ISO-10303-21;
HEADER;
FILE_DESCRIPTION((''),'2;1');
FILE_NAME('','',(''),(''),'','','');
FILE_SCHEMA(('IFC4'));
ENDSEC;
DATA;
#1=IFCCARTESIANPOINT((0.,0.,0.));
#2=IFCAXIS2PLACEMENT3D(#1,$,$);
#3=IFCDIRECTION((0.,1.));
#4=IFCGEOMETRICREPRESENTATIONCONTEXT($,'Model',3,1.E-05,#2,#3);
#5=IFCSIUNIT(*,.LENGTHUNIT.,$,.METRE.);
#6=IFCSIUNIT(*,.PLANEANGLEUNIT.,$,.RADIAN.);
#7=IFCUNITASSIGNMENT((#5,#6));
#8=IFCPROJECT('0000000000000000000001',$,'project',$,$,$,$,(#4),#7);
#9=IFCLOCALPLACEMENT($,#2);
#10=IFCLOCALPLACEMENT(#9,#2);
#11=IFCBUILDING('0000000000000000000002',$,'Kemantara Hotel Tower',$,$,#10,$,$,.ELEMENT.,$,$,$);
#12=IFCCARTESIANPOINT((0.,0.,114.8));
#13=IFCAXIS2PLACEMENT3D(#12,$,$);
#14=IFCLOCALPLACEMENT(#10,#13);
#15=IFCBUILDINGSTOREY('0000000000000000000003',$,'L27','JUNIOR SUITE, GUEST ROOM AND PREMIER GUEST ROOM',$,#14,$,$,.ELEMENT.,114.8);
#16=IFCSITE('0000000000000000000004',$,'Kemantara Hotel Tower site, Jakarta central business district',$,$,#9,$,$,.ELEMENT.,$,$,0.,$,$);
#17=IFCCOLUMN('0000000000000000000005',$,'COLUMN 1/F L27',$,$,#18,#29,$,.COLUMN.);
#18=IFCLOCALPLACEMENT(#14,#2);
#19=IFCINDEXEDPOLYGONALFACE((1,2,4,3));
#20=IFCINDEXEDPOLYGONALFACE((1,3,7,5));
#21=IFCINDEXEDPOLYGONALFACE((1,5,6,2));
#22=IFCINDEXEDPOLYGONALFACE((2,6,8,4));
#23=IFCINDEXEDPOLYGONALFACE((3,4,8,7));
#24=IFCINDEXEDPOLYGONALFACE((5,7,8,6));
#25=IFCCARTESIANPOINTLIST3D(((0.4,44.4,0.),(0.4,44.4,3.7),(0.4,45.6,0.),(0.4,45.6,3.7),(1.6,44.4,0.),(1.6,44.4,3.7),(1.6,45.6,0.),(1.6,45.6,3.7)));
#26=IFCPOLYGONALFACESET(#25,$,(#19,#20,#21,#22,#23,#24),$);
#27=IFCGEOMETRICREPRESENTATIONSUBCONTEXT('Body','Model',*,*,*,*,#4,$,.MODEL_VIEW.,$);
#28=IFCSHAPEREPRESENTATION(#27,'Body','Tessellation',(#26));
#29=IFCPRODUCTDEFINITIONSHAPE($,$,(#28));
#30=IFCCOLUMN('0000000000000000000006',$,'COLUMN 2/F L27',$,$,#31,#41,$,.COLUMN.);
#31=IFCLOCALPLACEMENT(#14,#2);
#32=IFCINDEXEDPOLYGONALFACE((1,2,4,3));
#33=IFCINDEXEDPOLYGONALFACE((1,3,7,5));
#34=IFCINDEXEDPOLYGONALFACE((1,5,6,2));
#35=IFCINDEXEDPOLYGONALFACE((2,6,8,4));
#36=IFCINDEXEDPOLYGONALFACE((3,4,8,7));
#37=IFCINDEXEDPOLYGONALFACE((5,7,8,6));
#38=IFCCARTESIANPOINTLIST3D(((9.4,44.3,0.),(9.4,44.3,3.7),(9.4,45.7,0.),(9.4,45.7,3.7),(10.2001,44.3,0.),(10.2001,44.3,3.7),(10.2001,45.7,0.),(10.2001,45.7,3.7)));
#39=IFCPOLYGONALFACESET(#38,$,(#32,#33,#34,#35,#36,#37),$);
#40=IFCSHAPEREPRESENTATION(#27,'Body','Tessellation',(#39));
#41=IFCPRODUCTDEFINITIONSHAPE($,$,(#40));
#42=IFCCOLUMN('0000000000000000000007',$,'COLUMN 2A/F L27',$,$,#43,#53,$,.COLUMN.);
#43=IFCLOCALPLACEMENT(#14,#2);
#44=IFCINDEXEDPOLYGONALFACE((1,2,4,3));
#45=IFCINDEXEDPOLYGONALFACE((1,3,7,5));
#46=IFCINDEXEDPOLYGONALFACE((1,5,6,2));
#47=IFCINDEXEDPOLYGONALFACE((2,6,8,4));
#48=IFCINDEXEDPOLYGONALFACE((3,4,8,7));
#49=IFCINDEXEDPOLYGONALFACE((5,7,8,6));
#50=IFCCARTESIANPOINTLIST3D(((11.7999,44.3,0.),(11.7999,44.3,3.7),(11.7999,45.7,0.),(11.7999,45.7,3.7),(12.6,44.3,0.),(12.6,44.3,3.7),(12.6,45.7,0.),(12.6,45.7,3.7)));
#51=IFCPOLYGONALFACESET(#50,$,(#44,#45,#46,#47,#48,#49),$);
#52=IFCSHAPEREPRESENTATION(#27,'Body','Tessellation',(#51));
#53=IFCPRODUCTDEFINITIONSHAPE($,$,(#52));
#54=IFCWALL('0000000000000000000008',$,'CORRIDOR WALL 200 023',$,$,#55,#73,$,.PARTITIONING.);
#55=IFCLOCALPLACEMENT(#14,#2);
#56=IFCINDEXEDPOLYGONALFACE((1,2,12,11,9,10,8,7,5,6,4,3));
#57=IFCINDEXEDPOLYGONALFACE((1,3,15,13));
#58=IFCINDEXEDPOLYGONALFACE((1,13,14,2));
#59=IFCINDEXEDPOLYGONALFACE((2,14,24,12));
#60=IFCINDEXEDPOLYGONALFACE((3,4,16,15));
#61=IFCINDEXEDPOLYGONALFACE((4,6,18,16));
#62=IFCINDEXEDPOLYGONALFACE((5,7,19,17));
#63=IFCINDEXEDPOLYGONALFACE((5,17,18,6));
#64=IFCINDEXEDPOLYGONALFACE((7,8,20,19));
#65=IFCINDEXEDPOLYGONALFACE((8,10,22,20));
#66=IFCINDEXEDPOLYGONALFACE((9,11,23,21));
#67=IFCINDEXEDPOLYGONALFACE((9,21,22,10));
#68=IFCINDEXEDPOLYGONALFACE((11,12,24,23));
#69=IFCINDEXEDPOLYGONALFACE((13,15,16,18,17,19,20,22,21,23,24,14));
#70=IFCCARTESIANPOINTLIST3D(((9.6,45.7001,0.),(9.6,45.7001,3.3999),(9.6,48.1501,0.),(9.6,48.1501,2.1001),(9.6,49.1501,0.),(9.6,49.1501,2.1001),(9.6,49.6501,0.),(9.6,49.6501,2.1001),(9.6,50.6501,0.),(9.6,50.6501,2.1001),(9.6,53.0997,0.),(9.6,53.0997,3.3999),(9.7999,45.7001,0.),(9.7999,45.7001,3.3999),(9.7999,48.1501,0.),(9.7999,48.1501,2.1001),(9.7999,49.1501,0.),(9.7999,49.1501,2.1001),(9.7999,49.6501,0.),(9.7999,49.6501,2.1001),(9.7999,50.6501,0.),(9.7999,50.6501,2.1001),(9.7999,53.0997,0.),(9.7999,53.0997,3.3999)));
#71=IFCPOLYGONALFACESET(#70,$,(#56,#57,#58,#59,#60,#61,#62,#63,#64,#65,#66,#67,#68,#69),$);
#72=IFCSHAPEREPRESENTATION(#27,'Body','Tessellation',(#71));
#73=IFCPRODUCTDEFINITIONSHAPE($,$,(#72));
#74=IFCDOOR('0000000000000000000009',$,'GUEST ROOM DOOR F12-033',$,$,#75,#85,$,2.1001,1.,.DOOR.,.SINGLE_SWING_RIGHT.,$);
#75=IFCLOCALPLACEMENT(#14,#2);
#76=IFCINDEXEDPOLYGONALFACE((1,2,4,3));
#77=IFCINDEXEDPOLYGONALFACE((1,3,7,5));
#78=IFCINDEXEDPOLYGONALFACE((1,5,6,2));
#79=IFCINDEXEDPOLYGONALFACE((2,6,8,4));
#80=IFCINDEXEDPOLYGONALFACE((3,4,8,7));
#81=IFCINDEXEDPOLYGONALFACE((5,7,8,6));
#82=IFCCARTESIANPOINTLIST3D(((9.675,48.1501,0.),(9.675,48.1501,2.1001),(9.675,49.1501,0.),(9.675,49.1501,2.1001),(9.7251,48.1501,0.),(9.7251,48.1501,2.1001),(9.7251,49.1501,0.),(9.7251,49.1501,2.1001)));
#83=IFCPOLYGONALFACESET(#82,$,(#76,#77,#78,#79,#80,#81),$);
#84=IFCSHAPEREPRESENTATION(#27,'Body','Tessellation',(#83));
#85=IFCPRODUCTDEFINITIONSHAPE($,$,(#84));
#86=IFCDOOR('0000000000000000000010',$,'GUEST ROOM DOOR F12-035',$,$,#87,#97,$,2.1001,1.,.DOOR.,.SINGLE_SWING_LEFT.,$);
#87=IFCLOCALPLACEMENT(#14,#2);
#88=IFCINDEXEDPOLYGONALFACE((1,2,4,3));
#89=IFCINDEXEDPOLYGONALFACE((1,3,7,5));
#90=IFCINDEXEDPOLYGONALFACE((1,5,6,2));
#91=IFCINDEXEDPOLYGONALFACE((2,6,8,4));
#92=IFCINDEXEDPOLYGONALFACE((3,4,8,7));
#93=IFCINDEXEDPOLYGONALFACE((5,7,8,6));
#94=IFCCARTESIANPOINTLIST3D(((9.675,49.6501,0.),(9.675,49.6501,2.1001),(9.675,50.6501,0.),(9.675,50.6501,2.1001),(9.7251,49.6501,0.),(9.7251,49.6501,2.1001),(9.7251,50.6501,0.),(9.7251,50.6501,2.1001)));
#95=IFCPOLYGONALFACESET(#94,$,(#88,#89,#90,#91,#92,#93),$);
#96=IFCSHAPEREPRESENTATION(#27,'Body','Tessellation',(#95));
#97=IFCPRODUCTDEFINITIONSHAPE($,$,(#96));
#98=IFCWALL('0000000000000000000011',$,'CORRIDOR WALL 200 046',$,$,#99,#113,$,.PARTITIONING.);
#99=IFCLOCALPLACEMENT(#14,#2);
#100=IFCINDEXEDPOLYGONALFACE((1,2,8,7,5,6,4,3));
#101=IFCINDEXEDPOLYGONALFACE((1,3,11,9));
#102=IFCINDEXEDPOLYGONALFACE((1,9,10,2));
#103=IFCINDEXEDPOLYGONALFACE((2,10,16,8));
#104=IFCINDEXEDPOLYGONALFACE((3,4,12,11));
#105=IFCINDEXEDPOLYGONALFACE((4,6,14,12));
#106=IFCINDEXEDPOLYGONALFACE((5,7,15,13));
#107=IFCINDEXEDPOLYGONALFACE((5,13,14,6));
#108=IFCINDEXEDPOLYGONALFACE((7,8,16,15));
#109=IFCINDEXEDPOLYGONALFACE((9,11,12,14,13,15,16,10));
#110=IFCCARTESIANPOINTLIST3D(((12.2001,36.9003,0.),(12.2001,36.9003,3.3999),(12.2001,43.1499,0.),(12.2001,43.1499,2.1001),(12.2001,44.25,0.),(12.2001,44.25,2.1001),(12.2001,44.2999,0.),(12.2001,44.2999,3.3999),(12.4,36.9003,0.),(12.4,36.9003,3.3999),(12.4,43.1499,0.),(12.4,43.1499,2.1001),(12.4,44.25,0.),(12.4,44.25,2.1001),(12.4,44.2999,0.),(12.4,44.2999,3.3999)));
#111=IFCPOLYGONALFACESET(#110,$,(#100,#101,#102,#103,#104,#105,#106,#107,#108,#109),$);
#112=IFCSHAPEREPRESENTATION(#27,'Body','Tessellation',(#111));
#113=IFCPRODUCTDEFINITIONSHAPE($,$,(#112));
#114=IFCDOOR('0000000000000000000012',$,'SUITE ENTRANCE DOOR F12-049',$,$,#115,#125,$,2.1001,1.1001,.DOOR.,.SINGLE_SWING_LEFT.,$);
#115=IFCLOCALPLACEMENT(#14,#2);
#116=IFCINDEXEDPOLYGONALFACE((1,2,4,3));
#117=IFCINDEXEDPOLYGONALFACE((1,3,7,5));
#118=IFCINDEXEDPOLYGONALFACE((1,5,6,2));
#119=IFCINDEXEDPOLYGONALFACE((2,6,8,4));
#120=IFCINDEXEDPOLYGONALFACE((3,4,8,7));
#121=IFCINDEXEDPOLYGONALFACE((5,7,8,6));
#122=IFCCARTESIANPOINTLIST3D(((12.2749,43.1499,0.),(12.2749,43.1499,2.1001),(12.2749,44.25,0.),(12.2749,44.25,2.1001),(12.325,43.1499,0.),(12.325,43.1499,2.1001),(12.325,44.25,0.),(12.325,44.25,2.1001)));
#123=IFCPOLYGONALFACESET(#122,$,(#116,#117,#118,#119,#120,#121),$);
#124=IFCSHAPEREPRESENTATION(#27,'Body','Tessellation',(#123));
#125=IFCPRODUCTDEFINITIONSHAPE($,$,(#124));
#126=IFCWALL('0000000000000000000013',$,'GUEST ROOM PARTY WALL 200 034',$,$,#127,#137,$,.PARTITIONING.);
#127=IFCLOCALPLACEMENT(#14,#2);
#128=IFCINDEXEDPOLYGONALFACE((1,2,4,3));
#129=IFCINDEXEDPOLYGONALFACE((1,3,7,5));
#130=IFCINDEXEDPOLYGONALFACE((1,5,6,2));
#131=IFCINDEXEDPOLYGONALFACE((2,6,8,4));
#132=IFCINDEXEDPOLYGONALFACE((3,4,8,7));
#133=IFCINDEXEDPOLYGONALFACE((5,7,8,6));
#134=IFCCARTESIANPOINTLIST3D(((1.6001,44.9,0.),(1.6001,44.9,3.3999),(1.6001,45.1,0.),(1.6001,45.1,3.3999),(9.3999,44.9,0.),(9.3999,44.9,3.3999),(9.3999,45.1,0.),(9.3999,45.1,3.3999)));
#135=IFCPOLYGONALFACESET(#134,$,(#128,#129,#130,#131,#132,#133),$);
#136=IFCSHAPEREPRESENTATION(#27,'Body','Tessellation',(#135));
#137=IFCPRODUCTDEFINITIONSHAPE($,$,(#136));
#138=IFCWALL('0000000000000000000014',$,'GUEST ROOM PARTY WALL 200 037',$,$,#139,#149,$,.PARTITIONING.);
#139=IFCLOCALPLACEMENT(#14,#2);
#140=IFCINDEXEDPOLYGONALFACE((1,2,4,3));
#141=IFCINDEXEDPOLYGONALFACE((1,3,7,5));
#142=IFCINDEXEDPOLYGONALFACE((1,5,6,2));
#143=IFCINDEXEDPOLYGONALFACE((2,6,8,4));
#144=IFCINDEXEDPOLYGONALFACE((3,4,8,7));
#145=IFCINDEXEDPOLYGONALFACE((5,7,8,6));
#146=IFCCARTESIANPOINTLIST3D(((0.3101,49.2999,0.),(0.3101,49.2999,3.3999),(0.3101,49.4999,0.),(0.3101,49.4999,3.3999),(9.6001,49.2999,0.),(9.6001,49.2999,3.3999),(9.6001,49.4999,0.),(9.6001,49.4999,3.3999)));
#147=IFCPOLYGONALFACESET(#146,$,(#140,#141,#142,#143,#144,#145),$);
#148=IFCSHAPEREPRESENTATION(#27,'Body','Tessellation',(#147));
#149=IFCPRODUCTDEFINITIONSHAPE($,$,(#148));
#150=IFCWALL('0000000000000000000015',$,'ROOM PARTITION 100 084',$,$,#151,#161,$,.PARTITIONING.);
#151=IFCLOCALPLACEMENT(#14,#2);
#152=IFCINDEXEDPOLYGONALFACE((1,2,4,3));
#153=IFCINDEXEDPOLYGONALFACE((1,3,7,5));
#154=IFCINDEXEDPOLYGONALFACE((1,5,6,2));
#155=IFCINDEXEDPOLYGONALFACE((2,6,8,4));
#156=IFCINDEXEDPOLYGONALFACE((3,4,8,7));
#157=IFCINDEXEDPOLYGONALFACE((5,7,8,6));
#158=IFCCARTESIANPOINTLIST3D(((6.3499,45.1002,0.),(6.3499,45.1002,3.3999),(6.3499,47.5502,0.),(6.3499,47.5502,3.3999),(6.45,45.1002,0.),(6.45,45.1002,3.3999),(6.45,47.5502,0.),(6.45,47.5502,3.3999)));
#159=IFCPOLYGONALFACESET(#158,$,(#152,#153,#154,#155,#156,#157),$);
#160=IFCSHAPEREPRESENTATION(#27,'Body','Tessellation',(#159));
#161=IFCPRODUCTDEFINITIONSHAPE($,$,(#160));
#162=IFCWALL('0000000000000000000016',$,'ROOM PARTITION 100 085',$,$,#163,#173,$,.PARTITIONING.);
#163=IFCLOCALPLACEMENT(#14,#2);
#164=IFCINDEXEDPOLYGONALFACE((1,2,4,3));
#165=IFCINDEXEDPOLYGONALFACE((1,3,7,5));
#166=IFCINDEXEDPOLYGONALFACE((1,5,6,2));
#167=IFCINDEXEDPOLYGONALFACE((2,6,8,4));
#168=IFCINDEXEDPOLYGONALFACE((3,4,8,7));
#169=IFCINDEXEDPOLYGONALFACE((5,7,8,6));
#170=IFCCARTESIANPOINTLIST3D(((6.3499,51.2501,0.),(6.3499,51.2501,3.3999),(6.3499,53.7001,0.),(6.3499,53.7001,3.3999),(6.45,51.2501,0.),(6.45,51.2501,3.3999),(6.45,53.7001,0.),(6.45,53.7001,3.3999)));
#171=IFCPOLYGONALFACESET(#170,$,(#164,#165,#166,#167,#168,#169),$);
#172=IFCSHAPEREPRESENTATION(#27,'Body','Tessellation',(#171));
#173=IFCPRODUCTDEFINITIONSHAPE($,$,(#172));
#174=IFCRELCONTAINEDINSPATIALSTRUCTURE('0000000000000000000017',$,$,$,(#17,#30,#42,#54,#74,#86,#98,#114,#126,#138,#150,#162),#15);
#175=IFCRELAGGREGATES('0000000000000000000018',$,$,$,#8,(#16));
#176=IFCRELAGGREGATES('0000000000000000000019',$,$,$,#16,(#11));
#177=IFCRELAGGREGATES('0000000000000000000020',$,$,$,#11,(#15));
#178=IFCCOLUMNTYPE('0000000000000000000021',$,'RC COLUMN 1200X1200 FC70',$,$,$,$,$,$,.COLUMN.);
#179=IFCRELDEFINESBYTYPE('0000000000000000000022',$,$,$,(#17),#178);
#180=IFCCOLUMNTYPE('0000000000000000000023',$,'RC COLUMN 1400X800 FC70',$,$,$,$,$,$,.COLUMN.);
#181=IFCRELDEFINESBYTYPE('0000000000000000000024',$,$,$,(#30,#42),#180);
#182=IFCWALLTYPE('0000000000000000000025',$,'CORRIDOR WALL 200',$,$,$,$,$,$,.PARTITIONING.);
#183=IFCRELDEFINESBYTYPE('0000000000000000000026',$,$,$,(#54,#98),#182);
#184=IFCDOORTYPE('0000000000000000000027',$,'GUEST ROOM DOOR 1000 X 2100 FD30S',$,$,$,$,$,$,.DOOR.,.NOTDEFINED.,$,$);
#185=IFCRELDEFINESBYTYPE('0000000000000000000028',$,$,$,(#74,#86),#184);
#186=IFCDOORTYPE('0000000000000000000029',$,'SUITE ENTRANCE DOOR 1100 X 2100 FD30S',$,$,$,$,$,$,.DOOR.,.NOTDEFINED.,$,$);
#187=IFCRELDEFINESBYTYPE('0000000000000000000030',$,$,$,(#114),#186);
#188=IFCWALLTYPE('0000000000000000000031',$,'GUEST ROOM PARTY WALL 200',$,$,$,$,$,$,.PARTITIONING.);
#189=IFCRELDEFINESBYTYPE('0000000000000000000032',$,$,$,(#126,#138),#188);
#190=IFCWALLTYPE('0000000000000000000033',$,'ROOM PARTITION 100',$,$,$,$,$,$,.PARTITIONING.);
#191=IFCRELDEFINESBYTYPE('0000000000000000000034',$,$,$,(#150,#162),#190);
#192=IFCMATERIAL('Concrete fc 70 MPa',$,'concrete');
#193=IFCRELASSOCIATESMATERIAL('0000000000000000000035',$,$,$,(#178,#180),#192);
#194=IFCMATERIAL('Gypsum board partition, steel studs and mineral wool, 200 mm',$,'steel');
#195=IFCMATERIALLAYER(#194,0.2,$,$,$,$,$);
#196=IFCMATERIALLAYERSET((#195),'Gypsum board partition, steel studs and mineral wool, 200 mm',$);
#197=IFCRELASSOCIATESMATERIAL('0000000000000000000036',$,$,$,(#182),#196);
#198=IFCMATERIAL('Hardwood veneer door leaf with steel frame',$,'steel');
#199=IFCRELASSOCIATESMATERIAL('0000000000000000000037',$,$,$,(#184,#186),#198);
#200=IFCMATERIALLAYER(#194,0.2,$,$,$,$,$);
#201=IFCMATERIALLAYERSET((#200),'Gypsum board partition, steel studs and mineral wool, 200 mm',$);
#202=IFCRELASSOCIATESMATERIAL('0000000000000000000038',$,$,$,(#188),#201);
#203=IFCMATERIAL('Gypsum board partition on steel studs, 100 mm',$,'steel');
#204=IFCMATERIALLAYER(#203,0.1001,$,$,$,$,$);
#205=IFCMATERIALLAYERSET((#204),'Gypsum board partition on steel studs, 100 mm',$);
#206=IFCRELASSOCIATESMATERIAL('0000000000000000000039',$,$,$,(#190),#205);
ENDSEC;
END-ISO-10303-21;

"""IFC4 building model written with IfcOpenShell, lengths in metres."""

from ifc_helpers import new_model, si_unit, direction, frame, frame_2d, origin, origin_2d, place, context, subcontext, project, spatial, rectangle, extrude, material, layer, layer_set, material_profile, profile_set, type_object, element, fill, save


model = new_model("IFC4")

# Units and contexts
model_context = context("Model", 3, precision=1e-05, world=origin(), true_north=direction((0.0, 1.0)))
body_context = subcontext(model_context, "Body", "Model", "MODEL_VIEW")
ifc_project = project(units=[si_unit("LENGTHUNIT", "METRE"), si_unit("PLANEANGLEUNIT", "RADIAN")], contexts=[model_context])

# Site, building, storey
site_placement = place(None, origin())
site = spatial("IfcSite", under=ifc_project, at=site_placement, Name="Kemantara Hotel Tower site, Jakarta central business district", CompositionType="ELEMENT", RefElevation=0.0)
building_placement = place(site_placement, origin())
building = spatial("IfcBuilding", under=site, at=building_placement, Name="Kemantara Hotel Tower", CompositionType="ELEMENT")
storey_placement = place(building_placement, frame((0.0, 0.0, 114.8)))
storey = spatial("IfcBuildingStorey", under=building, at=storey_placement, Name="L27", Description="JUNIOR SUITE, GUEST ROOM AND PREMIER GUEST ROOM", CompositionType="ELEMENT", Elevation=114.8)

# Columns
ifc_material_1 = material(Name="Concrete fc 70 MPa", Category="concrete")
ifc_material_profile_1 = material_profile(ifc_material_1, rectangle(XDim=1.2, YDim=1.2, at=origin_2d()), Name="RC 1200X1200")
ifc_profile_set_1 = profile_set([ifc_material_profile_1], Name="Concrete fc 70 MPa")
column_type_1 = type_object("IfcColumnType", Name="RC COLUMN 1200X1200 FC70", PredefinedType="COLUMN", material=ifc_profile_set_1)
column_placement = place(storey_placement, frame((1.0, 45.0, 0.0), z_axis=(0.0, 0.0, 1.0), x_axis=(1.0, 0.0, 0.0)))
element("IfcColumn", 1, at=column_placement, inside=storey, type_object=column_type_1, Name="COLUMN 1/F L27", PredefinedType="COLUMN", context=body_context, shape_type="SweptSolid", body=[
    extrude(rectangle(XDim=1.2, YDim=1.2, at=origin_2d()), origin(), (0.0, 0.0, 1.0), 3.7),
])
ifc_material_profile_2 = material_profile(ifc_material_1, rectangle(XDim=1.3999, YDim=0.8, at=origin_2d()), Name="RC 1400X800")
ifc_profile_set_2 = profile_set([ifc_material_profile_2], Name="Concrete fc 70 MPa")
column_type_2 = type_object("IfcColumnType", Name="RC COLUMN 1400X800 FC70", PredefinedType="COLUMN", material=ifc_profile_set_2)
for number, where, z_axis, x_axis, name in (
    (2, (9.8, 45.0, 0.0), (0.0, 0.0, 1.0), (0.0, 1.0, 0.0), "COLUMN 2/F L27"),
    (3, (12.2, 45.0, 0.0), (0.0, 0.0, 1.0), (0.0, 1.0, 0.0), "COLUMN 2A/F L27"),
):
    element("IfcColumn", number, at=place(storey_placement, frame(where, z_axis=z_axis, x_axis=x_axis)), inside=storey, type_object=column_type_2, Name=name, PredefinedType="COLUMN", context=body_context, shape_type="SweptSolid", body=[
        extrude(rectangle(XDim=1.3999, YDim=0.8, at=origin_2d()), origin(), (0.0, 0.0, 1.0), 3.7),
    ])

# Wall, openings, doors
ifc_material_2 = material(Name="Gypsum board partition, steel studs and mineral wool, 200 mm", Category="steel")
ifc_layer_1 = layer(ifc_material_2, 0.2)
ifc_layer_set_1 = layer_set([ifc_layer_1], Name="Gypsum board partition, steel studs and mineral wool, 200 mm")
wall_type_1 = type_object("IfcWallType", Name="CORRIDOR WALL 200", PredefinedType="PARTITIONING", material=ifc_layer_set_1)
wall_1_placement = place(storey_placement, frame((9.7, 45.7002, 0.0), z_axis=(0.0, 0.0, 1.0), x_axis=(0.0, 1.0, 0.0)))
wall_1 = element("IfcWall", 4, at=wall_1_placement, inside=storey, type_object=wall_type_1, Name="CORRIDOR WALL 200 023", PredefinedType="PARTITIONING", context=body_context, shape_type="SweptSolid", body=[
    extrude(rectangle(XDim=7.3997, YDim=0.2, at=frame_2d((3.6997, 0.0))), origin(), (0.0, 0.0, 1.0), 3.3999),
])
opening_1_placement = place(wall_1_placement, frame((2.45, 0.0, 0.0)))
opening_1 = element("IfcOpeningElement", 5, at=opening_1_placement, cuts=wall_1, PredefinedType="OPENING", context=body_context, shape_type="SweptSolid", body=[
    extrude(rectangle(XDim=1.0, YDim=2.1001, at=frame_2d((0.5, 1.05))), frame((0.0, 0.1099, 0.0), z_axis=(0.0, -1.0, 0.0), x_axis=(1.0, 0.0, 0.0)), (0.0, 0.0, 1.0), 0.22),
])
opening_2_placement = place(wall_1_placement, frame((3.95, 0.0, 0.0)))
opening_2 = element("IfcOpeningElement", 6, at=opening_2_placement, cuts=wall_1, PredefinedType="OPENING", context=body_context, shape_type="SweptSolid", body=[
    extrude(rectangle(XDim=1.0, YDim=2.1001, at=frame_2d((0.5, 1.05))), frame((0.0, 0.1099, 0.0), z_axis=(0.0, -1.0, 0.0), x_axis=(1.0, 0.0, 0.0)), (0.0, 0.0, 1.0), 0.22),
])
ifc_material_3 = material(Name="Hardwood veneer door leaf with steel frame", Category="steel")
door_type_1 = type_object("IfcDoorType", Name="GUEST ROOM DOOR 1000 X 2100 FD30S", OperationType="NOTDEFINED", PredefinedType="DOOR", material=ifc_material_3)
door_1_placement = place(opening_1_placement, origin())
door_1 = element("IfcDoor", 7, at=door_1_placement, inside=storey, type_object=door_type_1, Name="GUEST ROOM DOOR F12-033", OperationType="SINGLE_SWING_RIGHT", OverallHeight=2.1001, OverallWidth=1.0, PredefinedType="DOOR", context=body_context, shape_type="SweptSolid", body=[
    extrude(rectangle(XDim=1.0, YDim=2.1001, at=frame_2d((0.5, 1.05))), frame((0.0, 0.0249, 0.0), z_axis=(0.0, -1.0, 0.0), x_axis=(1.0, 0.0, 0.0)), (0.0, 0.0, 1.0), 0.05),
])
fill(opening_1, door_1)
door_2_placement = place(opening_2_placement, origin())
door_2 = element("IfcDoor", 8, at=door_2_placement, inside=storey, type_object=door_type_1, Name="GUEST ROOM DOOR F12-035", OperationType="SINGLE_SWING_LEFT", OverallHeight=2.1001, OverallWidth=1.0, PredefinedType="DOOR", context=body_context, shape_type="SweptSolid", body=[
    extrude(rectangle(XDim=1.0, YDim=2.1001, at=frame_2d((0.5, 1.05))), frame((0.0, 0.0249, 0.0), z_axis=(0.0, -1.0, 0.0), x_axis=(1.0, 0.0, 0.0)), (0.0, 0.0, 1.0), 0.05),
])
fill(opening_2, door_2)

# Wall, opening, door
wall_2_placement = place(storey_placement, frame((12.3, 44.2998, 0.0), z_axis=(0.0, 0.0, 1.0), x_axis=(0.0, -1.0, 0.0)))
wall_2 = element("IfcWall", 9, at=wall_2_placement, inside=storey, type_object=wall_type_1, Name="CORRIDOR WALL 200 046", PredefinedType="PARTITIONING", context=body_context, shape_type="SweptSolid", body=[
    extrude(rectangle(XDim=7.3997, YDim=0.2, at=frame_2d((3.6997, 0.0))), origin(), (0.0, 0.0, 1.0), 3.3999),
])
opening_3_placement = place(wall_2_placement, frame((0.0498, 0.0, 0.0)))
opening_3 = element("IfcOpeningElement", 10, at=opening_3_placement, cuts=wall_2, PredefinedType="OPENING", context=body_context, shape_type="SweptSolid", body=[
    extrude(rectangle(XDim=1.1001, YDim=2.1001, at=frame_2d((0.55, 1.05))), frame((0.0, 0.1099, 0.0), z_axis=(0.0, -1.0, 0.0), x_axis=(1.0, 0.0, 0.0)), (0.0, 0.0, 1.0), 0.22),
])
door_type_2 = type_object("IfcDoorType", Name="SUITE ENTRANCE DOOR 1100 X 2100 FD30S", OperationType="NOTDEFINED", PredefinedType="DOOR", material=ifc_material_3)
door_3_placement = place(opening_3_placement, origin())
door_3 = element("IfcDoor", 11, at=door_3_placement, inside=storey, type_object=door_type_2, Name="SUITE ENTRANCE DOOR F12-049", OperationType="SINGLE_SWING_LEFT", OverallHeight=2.1001, OverallWidth=1.1001, PredefinedType="DOOR", context=body_context, shape_type="SweptSolid", body=[
    extrude(rectangle(XDim=1.1001, YDim=2.1001, at=frame_2d((0.55, 1.05))), frame((0.0, 0.0249, 0.0), z_axis=(0.0, -1.0, 0.0), x_axis=(1.0, 0.0, 0.0)), (0.0, 0.0, 1.0), 0.05),
])
fill(opening_3, door_3)

# Walls
ifc_layer_2 = layer(ifc_material_2, 0.2)
ifc_layer_set_2 = layer_set([ifc_layer_2], Name="Gypsum board partition, steel studs and mineral wool, 200 mm")
wall_type_2 = type_object("IfcWallType", Name="GUEST ROOM PARTY WALL 200", PredefinedType="PARTITIONING", material=ifc_layer_set_2)
wall_3_placement = place(storey_placement, frame((1.6001, 45.0, 0.0), z_axis=(0.0, 0.0, 1.0), x_axis=(1.0, 0.0, 0.0)))
element("IfcWall", 12, at=wall_3_placement, inside=storey, type_object=wall_type_2, Name="GUEST ROOM PARTY WALL 200 034", PredefinedType="PARTITIONING", context=body_context, shape_type="SweptSolid", body=[
    extrude(rectangle(XDim=7.7998, YDim=0.2, at=frame_2d((3.8999, 0.0))), origin(), (0.0, 0.0, 1.0), 3.3999),
])
wall_4_placement = place(storey_placement, frame((0.3101, 49.3999, 0.0), z_axis=(0.0, 0.0, 1.0), x_axis=(1.0, 0.0, 0.0)))
element("IfcWall", 13, at=wall_4_placement, inside=storey, type_object=wall_type_2, Name="GUEST ROOM PARTY WALL 200 037", PredefinedType="PARTITIONING", context=body_context, shape_type="SweptSolid", body=[
    extrude(rectangle(XDim=9.29, YDim=0.2, at=frame_2d((4.645, 0.0))), origin(), (0.0, 0.0, 1.0), 3.3999),
])
ifc_material_4 = material(Name="Gypsum board partition on steel studs, 100 mm", Category="steel")
ifc_layer_3 = layer(ifc_material_4, 0.1001)
ifc_layer_set_3 = layer_set([ifc_layer_3], Name="Gypsum board partition on steel studs, 100 mm")
wall_type_3 = type_object("IfcWallType", Name="ROOM PARTITION 100", PredefinedType="PARTITIONING", material=ifc_layer_set_3)
for number, where, z_axis, x_axis, name in (
    (14, (6.3999, 45.1001, 0.0), (0.0, 0.0, 1.0), (0.0, 1.0, 0.0), "ROOM PARTITION 100 084"),
    (15, (6.3999, 51.25, 0.0), (0.0, 0.0, 1.0), (0.0, 1.0, 0.0), "ROOM PARTITION 100 085"),
):
    element("IfcWall", number, at=place(storey_placement, frame(where, z_axis=z_axis, x_axis=x_axis)), inside=storey, type_object=wall_type_3, Name=name, PredefinedType="PARTITIONING", context=body_context, shape_type="SweptSolid", body=[
        extrude(rectangle(XDim=2.45, YDim=0.1001, at=frame_2d((1.2251, 0.0))), origin(), (0.0, 0.0, 1.0), 3.3999),
    ])

save(model, "model.ifc")
